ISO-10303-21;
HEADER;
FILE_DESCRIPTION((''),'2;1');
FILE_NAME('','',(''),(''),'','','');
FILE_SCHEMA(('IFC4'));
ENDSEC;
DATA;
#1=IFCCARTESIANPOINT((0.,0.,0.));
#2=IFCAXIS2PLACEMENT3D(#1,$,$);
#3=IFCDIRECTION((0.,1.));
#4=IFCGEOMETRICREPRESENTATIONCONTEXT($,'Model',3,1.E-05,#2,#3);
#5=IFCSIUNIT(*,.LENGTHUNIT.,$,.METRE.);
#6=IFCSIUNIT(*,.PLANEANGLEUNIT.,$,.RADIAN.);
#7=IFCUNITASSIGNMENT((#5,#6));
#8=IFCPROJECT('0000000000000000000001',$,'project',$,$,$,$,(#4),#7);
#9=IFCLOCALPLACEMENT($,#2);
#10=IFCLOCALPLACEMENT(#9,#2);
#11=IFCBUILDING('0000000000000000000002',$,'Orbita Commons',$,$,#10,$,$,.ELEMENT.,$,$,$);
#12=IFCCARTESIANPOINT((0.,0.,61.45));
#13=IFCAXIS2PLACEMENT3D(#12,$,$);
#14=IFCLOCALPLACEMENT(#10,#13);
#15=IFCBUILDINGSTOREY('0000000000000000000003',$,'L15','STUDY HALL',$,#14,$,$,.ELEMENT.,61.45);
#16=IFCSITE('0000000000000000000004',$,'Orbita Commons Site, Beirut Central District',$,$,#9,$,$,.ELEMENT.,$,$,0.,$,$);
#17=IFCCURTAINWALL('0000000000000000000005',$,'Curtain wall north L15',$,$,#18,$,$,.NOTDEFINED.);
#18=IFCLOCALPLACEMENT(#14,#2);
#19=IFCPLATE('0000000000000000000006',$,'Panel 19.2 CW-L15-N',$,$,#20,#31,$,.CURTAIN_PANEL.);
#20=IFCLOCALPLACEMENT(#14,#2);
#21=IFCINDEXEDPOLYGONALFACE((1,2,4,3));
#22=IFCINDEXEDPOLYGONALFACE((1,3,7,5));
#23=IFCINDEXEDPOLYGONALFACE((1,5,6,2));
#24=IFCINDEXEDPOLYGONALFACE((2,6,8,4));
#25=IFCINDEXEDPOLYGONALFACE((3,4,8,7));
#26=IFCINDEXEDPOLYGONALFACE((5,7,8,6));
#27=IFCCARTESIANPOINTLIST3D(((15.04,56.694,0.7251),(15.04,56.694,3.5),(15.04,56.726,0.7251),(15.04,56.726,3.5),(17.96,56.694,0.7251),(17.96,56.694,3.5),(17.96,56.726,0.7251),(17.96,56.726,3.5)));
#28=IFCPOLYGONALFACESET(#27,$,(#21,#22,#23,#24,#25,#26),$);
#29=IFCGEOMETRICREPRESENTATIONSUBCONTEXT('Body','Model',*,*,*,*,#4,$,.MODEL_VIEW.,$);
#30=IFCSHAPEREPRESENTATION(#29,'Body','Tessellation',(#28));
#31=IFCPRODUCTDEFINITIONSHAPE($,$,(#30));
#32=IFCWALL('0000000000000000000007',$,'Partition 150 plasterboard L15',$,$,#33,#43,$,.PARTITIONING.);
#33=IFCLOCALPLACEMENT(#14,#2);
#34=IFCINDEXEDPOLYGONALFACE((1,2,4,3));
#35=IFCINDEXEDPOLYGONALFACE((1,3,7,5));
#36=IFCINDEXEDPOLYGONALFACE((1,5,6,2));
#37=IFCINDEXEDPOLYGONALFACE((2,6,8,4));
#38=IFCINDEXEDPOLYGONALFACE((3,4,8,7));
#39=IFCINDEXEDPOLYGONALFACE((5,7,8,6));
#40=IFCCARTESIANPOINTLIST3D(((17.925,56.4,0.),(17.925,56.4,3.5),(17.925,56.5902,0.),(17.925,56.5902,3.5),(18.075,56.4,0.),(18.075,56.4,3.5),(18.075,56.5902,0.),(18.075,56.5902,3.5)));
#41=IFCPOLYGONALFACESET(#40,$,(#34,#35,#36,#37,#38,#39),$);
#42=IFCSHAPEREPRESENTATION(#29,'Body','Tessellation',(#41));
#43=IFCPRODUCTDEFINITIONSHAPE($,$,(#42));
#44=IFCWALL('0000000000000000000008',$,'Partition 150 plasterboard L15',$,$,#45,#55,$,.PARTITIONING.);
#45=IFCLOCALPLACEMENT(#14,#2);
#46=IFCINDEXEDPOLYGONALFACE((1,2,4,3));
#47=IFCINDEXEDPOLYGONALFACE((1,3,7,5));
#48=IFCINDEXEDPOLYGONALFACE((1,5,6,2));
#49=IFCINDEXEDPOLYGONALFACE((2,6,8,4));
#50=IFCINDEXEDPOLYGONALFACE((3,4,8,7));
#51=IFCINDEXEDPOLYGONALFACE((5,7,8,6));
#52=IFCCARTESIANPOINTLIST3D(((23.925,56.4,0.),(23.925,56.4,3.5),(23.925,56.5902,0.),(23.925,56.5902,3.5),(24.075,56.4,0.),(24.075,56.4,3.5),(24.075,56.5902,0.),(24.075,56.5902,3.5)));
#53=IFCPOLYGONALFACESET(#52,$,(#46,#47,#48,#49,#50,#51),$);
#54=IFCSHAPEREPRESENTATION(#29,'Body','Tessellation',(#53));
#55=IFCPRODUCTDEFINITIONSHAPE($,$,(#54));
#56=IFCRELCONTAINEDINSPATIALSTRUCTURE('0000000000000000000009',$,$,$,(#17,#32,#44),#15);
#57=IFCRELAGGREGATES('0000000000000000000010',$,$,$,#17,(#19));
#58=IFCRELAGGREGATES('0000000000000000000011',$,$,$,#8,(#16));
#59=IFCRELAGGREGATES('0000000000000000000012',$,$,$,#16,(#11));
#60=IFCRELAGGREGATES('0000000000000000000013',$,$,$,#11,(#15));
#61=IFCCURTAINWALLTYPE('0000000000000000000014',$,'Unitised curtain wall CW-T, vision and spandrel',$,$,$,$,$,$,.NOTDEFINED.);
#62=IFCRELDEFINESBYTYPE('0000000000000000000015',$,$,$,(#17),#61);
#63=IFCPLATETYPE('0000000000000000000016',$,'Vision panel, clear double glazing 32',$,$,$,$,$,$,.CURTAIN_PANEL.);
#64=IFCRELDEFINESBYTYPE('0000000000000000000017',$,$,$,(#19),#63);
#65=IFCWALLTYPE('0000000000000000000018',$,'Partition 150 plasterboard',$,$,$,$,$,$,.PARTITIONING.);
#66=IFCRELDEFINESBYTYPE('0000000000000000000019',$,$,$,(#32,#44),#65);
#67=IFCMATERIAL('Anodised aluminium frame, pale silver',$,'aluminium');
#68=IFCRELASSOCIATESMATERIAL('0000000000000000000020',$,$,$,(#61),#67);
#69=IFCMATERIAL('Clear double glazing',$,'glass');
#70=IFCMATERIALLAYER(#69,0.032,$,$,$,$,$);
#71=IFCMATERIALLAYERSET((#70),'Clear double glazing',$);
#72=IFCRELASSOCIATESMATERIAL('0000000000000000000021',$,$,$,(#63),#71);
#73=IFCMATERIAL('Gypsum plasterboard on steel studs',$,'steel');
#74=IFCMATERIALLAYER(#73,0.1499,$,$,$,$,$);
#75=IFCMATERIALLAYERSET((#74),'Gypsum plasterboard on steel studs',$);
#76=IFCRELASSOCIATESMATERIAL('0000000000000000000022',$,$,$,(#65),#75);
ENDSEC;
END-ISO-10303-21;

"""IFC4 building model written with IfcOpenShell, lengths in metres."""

from ifc_helpers import new_model, si_unit, direction, frame, frame_2d, origin, origin_2d, place, context, subcontext, project, spatial, rectangle, extrude, material, layer, layer_set, type_object, element, aggregate, save


model = new_model("IFC4")

# Units and contexts
model_context = context("Model", 3, precision=1e-05, world=origin(), true_north=direction((0.0, 1.0)))
body_context = subcontext(model_context, "Body", "Model", "MODEL_VIEW")
ifc_project = project(units=[si_unit("LENGTHUNIT", "METRE"), si_unit("PLANEANGLEUNIT", "RADIAN")], contexts=[model_context])

# Site, building, storey
site_placement = place(None, origin())
site = spatial("IfcSite", under=ifc_project, at=site_placement, Name="Orbita Commons Site, Beirut Central District", CompositionType="ELEMENT", RefElevation=0.0)
building_placement = place(site_placement, origin())
building = spatial("IfcBuilding", under=site, at=building_placement, Name="Orbita Commons", CompositionType="ELEMENT")
storey_placement = place(building_placement, frame((0.0, 0.0, 61.45)))
storey = spatial("IfcBuildingStorey", under=building, at=storey_placement, Name="L15", Description="STUDY HALL", CompositionType="ELEMENT", Elevation=61.45)

# Curtain wall
ifc_material_1 = material(Name="Anodised aluminium frame, pale silver", Category="aluminium")
curtain_wall_type = type_object("IfcCurtainWallType", Name="Unitised curtain wall CW-T, vision and spandrel", PredefinedType="NOTDEFINED", material=ifc_material_1)
curtain_wall_placement = place(storey_placement, origin())
curtain_wall = element("IfcCurtainWall", 1, at=curtain_wall_placement, inside=storey, type_object=curtain_wall_type, Name="Curtain wall north L15", PredefinedType="NOTDEFINED")

# Plate
ifc_material_2 = material(Name="Clear double glazing", Category="glass")
ifc_layer_1 = layer(ifc_material_2, 0.032)
ifc_layer_set_1 = layer_set([ifc_layer_1], Name="Clear double glazing")
plate_type_1 = type_object("IfcPlateType", Name="Vision panel, clear double glazing 32", PredefinedType="CURTAIN_PANEL", material=ifc_layer_set_1)
plate_1_placement = place(storey_placement, frame((16.5, 56.71, 0.7251), z_axis=(0.0, 0.0, 1.0), x_axis=(-1.0, 0.0, 0.0)))
plate_1 = element("IfcPlate", 2, at=plate_1_placement, type_object=plate_type_1, Name="Panel 19.2 CW-L15-N", PredefinedType="CURTAIN_PANEL", context=body_context, shape_type="SweptSolid", body=[
    extrude(rectangle(XDim=2.9199, YDim=0.032, at=origin_2d()), origin(), (0.0, 0.0, 1.0), 2.7749),
])
aggregate(curtain_wall, [plate_1])

# Walls
ifc_material_3 = material(Name="Gypsum plasterboard on steel studs", Category="steel")
ifc_layer_2 = layer(ifc_material_3, 0.1499)
ifc_layer_set_2 = layer_set([ifc_layer_2], Name="Gypsum plasterboard on steel studs")
wall_type = type_object("IfcWallType", Name="Partition 150 plasterboard", PredefinedType="PARTITIONING", material=ifc_layer_set_2)
for number, where, z_axis, x_axis, name in (
    (3, (18.0, 56.3999, 0.0), (0.0, 0.0, 1.0), (0.0, 1.0, 0.0), "Partition 150 plasterboard L15"),
    (4, (24.0, 56.3999, 0.0), (0.0, 0.0, 1.0), (0.0, 1.0, 0.0), "Partition 150 plasterboard L15"),
):
    element("IfcWall", number, at=place(storey_placement, frame(where, z_axis=z_axis, x_axis=x_axis)), inside=storey, type_object=wall_type, Name=name, PredefinedType="PARTITIONING", context=body_context, shape_type="SweptSolid", body=[
        extrude(rectangle(XDim=0.1902, YDim=0.1499, at=frame_2d((0.0952, 0.0))), origin(), (0.0, 0.0, 1.0), 3.5),
    ])

save(model, "model.ifc")
